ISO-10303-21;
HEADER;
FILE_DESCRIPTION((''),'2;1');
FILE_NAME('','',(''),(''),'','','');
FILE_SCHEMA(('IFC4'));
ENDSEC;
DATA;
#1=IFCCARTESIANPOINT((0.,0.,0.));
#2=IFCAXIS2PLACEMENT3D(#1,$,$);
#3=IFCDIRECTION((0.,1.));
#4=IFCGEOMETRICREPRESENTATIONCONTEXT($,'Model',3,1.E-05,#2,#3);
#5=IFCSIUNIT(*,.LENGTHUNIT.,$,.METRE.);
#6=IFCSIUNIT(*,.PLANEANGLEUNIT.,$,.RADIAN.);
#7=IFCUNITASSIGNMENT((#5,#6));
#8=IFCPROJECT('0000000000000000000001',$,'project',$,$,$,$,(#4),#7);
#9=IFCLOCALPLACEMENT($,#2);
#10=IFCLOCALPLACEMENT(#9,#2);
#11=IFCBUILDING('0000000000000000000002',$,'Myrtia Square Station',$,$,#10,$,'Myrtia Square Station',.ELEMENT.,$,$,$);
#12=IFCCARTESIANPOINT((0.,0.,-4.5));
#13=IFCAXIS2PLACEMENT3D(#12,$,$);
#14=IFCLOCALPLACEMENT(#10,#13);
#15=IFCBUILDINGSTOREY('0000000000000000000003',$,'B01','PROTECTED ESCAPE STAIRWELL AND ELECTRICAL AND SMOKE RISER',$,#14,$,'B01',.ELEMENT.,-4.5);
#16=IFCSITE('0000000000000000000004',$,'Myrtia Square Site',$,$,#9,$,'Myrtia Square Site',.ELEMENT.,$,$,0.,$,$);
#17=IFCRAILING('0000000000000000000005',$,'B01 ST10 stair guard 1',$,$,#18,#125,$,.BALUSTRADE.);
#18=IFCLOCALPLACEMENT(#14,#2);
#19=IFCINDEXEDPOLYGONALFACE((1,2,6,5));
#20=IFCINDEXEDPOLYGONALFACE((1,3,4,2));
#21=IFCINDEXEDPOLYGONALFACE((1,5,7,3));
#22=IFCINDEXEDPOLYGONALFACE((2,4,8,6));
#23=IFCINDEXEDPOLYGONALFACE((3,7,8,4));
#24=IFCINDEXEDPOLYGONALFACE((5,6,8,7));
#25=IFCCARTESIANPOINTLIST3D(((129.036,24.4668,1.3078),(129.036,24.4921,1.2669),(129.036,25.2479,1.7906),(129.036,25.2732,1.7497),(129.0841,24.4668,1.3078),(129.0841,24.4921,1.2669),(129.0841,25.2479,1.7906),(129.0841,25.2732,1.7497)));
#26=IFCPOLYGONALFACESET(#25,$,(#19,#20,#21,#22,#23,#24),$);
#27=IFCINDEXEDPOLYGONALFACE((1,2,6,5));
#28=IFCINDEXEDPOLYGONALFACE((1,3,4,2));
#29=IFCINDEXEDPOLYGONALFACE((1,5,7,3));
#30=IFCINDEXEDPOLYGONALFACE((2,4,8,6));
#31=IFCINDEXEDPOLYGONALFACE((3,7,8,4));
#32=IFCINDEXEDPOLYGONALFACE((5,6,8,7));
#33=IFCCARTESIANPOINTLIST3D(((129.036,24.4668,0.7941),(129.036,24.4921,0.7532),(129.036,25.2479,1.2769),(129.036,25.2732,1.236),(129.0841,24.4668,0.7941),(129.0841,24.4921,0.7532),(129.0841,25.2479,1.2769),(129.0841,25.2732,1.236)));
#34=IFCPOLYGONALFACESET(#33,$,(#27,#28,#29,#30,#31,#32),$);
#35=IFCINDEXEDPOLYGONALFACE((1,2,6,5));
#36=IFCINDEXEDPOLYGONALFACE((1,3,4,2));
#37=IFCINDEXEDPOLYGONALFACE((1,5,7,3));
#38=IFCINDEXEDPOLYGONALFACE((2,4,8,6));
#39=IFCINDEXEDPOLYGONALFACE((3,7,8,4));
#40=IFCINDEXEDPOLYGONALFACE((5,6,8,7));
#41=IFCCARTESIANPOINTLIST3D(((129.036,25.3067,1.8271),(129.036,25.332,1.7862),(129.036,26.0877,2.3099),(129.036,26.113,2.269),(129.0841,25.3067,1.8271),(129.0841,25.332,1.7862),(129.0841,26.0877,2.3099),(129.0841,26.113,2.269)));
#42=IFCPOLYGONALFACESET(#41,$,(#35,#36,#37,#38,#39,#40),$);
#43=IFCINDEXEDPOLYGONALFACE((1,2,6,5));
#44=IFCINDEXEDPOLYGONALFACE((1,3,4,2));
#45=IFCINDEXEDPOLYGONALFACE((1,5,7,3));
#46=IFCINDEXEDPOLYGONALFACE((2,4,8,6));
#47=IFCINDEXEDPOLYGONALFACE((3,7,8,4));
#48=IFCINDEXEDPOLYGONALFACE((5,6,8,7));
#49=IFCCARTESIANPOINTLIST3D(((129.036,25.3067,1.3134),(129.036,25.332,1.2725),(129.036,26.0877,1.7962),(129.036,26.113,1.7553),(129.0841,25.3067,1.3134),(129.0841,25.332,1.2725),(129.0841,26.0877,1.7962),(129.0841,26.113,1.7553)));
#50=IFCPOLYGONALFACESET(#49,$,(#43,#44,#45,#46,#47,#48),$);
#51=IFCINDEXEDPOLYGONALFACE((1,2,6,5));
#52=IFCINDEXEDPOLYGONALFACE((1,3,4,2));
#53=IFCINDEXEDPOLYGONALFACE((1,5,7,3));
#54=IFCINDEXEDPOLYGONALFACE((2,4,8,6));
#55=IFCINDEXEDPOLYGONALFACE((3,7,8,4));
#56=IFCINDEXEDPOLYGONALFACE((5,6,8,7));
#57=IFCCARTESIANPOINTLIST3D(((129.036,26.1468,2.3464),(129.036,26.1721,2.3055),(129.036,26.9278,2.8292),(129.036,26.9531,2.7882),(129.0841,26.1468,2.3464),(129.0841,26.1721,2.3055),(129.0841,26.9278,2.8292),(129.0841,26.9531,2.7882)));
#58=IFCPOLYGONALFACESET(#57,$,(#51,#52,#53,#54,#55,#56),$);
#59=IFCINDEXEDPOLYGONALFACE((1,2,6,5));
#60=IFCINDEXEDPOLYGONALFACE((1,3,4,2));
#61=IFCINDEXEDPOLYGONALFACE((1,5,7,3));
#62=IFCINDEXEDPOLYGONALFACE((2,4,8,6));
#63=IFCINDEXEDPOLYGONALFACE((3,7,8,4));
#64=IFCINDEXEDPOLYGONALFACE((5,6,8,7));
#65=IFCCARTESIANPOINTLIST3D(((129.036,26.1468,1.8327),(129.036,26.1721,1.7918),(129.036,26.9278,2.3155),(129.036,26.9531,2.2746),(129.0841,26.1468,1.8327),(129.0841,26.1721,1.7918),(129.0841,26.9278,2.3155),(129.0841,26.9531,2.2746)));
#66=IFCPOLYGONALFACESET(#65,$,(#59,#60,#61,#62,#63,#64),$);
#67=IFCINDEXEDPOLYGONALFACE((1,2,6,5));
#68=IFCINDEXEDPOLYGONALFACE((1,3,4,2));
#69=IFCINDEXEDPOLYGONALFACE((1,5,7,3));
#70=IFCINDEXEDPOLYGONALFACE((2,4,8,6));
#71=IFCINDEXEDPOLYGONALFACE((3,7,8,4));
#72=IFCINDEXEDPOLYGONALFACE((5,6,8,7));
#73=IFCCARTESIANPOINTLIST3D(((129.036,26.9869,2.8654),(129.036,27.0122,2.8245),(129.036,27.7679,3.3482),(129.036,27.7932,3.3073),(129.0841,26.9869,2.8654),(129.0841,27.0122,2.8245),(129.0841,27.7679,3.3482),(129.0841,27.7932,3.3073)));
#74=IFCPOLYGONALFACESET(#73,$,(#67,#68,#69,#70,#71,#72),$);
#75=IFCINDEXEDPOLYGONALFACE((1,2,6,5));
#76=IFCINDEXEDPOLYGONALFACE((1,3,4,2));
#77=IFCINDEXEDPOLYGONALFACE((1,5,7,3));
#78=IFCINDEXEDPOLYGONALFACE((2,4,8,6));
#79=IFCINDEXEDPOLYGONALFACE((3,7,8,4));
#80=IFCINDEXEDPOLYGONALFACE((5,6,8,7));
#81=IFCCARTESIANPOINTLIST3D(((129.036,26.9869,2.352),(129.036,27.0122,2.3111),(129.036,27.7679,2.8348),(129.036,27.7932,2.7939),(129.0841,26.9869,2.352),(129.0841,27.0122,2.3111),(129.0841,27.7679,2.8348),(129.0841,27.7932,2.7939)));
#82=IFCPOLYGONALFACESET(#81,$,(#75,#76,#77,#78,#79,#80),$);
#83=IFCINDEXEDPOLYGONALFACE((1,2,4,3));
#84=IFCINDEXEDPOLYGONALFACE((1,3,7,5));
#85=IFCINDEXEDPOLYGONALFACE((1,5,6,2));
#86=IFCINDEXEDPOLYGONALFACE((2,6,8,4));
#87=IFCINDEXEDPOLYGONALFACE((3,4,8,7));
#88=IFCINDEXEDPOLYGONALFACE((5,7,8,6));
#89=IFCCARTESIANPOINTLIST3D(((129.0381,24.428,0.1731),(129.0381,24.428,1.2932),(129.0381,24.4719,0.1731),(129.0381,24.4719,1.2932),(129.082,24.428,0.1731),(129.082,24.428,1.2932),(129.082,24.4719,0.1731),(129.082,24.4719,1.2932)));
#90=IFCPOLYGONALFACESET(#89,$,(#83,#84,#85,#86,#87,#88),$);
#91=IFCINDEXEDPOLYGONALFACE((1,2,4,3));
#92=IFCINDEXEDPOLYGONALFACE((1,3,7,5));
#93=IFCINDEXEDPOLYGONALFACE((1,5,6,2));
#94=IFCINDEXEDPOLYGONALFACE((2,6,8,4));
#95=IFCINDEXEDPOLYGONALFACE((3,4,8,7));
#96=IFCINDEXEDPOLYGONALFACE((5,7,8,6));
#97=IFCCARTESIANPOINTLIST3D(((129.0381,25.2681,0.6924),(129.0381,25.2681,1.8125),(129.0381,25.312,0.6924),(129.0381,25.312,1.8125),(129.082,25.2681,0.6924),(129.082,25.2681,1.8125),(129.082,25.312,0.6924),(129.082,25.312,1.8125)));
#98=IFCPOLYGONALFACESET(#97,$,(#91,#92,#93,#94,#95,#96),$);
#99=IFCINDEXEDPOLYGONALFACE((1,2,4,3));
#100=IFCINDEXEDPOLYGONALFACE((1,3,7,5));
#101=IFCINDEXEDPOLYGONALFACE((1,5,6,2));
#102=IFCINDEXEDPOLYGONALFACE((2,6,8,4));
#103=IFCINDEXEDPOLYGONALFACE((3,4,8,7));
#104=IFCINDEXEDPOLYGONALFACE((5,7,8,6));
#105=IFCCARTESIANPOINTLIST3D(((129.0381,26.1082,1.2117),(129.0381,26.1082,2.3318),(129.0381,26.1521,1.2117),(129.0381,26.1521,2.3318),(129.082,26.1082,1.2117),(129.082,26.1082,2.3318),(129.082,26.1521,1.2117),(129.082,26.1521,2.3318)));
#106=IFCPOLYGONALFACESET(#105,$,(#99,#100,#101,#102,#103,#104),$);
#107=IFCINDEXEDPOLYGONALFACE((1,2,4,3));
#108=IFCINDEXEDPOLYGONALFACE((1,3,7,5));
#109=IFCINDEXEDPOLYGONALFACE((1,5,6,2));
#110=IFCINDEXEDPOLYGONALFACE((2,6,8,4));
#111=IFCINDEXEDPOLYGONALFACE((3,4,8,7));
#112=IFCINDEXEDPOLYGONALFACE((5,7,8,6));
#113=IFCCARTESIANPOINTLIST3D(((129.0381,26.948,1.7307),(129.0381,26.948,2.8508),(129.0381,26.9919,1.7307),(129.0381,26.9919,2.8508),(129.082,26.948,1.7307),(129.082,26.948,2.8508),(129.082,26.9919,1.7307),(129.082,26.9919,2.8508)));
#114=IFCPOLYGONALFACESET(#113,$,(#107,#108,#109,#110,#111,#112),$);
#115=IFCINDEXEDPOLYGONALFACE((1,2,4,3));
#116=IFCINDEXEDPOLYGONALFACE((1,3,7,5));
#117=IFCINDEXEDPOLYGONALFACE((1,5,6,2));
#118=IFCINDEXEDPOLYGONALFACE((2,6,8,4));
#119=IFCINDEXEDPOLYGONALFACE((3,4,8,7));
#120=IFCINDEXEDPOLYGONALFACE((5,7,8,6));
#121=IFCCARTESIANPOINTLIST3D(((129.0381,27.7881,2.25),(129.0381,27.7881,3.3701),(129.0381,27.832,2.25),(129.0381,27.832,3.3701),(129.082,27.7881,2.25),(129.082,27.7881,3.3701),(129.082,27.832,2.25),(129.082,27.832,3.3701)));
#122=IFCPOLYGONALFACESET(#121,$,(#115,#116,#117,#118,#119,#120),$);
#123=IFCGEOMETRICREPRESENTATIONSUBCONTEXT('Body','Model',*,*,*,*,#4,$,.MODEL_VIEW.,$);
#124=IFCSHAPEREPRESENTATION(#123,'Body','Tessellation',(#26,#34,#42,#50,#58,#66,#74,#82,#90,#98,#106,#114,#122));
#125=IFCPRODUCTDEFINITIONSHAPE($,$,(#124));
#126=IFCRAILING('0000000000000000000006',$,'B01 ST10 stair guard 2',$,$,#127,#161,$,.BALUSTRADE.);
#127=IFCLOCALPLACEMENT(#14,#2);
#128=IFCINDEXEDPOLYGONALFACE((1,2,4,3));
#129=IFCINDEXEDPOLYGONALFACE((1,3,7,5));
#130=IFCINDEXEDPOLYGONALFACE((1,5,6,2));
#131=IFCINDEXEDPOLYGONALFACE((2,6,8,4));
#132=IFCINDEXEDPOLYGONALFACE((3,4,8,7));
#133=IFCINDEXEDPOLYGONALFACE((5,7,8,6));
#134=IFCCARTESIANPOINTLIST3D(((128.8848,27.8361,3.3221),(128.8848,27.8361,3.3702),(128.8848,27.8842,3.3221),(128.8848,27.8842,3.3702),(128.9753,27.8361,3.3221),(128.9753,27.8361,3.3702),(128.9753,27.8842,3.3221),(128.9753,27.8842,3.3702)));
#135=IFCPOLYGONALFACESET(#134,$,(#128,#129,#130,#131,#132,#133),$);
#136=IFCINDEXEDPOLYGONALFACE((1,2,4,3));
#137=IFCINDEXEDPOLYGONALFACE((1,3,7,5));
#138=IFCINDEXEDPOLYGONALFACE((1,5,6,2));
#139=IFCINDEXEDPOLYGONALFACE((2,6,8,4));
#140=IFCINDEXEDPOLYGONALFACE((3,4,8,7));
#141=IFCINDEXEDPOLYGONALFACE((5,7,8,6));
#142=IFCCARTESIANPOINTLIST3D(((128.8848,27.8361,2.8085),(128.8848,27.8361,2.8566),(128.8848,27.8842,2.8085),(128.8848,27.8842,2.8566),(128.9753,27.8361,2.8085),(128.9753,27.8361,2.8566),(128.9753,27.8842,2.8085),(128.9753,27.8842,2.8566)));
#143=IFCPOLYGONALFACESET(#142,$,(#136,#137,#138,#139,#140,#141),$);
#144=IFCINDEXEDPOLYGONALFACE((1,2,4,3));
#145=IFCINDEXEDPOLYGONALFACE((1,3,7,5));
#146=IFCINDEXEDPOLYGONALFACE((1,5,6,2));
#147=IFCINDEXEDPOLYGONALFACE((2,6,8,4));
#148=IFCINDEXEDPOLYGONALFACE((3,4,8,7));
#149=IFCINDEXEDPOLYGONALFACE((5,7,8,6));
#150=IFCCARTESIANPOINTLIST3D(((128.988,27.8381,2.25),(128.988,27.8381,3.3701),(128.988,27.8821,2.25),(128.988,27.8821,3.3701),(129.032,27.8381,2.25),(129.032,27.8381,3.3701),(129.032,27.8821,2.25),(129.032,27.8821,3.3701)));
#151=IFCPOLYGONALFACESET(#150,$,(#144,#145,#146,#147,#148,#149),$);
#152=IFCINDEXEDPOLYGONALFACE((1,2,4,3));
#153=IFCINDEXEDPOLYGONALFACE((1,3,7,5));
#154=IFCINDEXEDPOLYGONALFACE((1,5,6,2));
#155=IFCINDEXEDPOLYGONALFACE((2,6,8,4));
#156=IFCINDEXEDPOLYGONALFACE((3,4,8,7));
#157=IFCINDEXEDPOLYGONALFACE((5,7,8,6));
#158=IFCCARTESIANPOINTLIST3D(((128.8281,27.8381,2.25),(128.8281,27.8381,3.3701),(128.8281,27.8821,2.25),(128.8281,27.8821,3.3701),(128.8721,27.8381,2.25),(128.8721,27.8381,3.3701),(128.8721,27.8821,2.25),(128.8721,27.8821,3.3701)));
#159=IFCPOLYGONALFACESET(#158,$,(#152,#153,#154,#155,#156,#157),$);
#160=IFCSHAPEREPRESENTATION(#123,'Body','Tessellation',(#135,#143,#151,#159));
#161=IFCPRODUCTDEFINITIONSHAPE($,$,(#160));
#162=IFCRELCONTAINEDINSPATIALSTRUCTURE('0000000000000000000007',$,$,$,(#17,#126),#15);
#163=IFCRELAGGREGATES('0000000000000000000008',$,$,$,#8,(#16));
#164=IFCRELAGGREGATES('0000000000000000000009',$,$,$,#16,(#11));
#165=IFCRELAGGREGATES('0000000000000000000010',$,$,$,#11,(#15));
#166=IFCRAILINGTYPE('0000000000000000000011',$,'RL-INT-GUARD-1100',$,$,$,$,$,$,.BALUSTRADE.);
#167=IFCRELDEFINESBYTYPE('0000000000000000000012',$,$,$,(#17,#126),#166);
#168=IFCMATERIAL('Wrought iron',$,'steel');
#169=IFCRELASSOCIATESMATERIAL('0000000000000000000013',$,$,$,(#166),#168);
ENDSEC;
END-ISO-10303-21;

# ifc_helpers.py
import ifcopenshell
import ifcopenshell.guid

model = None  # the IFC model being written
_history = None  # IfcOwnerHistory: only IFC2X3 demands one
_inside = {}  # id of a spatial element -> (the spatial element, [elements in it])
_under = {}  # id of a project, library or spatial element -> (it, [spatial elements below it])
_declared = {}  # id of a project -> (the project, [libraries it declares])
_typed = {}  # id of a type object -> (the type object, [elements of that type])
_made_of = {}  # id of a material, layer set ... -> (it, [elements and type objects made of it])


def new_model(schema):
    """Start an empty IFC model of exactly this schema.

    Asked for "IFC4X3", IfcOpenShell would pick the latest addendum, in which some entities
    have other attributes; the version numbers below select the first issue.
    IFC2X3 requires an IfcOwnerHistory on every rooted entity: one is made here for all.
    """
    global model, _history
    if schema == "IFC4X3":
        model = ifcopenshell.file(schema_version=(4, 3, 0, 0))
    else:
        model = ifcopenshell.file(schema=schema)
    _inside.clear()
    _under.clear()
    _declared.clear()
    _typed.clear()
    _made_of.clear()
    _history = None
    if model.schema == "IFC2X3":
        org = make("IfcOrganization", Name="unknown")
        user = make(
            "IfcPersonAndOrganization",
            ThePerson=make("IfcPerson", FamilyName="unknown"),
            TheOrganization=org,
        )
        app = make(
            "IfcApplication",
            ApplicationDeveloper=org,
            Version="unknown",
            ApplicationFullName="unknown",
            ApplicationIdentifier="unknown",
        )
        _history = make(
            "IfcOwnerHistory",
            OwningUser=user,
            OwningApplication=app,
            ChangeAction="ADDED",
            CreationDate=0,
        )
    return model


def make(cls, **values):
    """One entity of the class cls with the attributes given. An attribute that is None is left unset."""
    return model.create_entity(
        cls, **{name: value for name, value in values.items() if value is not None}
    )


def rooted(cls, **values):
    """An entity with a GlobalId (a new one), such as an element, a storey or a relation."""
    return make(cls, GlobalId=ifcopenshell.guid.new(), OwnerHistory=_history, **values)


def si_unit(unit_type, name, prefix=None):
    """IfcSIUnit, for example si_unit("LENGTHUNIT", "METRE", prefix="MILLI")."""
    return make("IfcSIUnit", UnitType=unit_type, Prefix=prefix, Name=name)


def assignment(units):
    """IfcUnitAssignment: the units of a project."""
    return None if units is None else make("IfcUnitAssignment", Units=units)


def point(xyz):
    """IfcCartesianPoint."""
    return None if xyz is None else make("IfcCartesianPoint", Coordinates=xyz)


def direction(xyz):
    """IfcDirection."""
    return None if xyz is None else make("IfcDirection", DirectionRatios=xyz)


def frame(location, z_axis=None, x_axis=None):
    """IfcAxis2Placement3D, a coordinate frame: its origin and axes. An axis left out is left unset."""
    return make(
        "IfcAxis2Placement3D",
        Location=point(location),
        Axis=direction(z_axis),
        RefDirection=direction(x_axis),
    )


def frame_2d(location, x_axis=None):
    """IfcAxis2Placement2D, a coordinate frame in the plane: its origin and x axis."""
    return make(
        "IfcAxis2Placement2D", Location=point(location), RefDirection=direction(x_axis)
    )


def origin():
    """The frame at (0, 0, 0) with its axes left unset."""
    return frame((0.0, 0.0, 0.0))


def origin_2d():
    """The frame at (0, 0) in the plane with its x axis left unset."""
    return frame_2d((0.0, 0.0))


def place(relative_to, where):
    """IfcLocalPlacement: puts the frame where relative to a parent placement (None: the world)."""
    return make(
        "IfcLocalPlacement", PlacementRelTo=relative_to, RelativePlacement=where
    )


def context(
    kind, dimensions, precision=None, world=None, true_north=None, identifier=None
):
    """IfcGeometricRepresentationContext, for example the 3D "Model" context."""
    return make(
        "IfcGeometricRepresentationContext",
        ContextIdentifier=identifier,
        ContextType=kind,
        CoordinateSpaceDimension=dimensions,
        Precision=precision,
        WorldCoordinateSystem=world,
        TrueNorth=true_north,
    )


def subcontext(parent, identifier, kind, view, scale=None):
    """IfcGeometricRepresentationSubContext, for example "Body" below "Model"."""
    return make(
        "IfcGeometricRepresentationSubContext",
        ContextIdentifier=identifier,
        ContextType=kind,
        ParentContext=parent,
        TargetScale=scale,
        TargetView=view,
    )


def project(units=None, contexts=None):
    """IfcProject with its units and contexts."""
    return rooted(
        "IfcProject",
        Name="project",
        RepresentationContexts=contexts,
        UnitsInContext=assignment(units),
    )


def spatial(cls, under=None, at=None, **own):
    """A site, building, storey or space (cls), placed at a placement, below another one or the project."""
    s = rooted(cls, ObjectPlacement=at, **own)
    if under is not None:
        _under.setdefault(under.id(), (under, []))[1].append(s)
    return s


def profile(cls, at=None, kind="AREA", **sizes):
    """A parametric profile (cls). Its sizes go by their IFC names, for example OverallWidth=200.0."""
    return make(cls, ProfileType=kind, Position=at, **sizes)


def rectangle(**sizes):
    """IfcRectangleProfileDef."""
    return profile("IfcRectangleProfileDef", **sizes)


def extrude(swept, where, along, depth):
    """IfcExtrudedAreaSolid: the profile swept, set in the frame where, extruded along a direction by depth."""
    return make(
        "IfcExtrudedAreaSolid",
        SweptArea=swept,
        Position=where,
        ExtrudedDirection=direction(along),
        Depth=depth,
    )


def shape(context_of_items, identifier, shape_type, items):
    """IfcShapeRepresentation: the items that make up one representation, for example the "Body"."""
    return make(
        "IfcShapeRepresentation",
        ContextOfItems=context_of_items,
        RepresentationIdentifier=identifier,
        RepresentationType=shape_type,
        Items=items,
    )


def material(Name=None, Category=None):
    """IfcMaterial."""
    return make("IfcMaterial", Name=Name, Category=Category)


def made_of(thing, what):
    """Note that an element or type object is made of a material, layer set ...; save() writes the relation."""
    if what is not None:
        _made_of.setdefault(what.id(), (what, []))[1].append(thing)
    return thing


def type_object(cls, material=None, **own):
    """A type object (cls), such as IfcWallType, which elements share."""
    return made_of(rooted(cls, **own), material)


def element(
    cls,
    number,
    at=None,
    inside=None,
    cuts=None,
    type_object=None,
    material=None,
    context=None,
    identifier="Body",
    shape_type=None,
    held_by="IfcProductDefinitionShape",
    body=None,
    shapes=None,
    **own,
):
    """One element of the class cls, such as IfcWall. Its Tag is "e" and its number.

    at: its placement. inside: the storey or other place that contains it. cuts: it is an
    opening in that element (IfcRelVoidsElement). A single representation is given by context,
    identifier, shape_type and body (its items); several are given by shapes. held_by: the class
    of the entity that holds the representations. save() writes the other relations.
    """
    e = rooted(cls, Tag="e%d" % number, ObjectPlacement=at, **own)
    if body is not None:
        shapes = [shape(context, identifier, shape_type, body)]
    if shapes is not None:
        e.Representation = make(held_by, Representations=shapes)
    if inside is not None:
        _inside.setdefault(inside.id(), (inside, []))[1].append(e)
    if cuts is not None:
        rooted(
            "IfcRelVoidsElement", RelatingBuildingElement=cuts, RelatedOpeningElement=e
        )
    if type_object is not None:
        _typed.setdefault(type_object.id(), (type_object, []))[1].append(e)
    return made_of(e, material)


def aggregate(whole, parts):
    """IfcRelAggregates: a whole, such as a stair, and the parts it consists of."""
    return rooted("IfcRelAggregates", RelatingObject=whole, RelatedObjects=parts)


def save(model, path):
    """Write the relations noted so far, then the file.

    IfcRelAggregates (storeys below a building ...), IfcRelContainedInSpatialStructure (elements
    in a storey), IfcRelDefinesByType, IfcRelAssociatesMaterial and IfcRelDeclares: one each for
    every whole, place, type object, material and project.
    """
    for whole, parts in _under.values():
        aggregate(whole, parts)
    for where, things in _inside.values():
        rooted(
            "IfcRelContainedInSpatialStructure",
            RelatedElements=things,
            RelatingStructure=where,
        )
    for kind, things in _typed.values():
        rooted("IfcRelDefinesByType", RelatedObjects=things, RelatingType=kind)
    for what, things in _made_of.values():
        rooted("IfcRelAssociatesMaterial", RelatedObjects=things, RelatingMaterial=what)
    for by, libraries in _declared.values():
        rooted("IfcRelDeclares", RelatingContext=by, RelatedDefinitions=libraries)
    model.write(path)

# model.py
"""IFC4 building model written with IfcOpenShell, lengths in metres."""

from ifc_helpers import new_model, si_unit, direction, frame, origin, origin_2d, place, context, subcontext, project, spatial, rectangle, extrude, material, type_object, element, save


model = new_model("IFC4")

# Units and contexts
model_context = context("Model", 3, precision=1e-05, world=origin(), true_north=direction((0.0, 1.0)))
body_context = subcontext(model_context, "Body", "Model", "MODEL_VIEW")
ifc_project = project(units=[si_unit("LENGTHUNIT", "METRE"), si_unit("PLANEANGLEUNIT", "RADIAN")], contexts=[model_context])

# Site, building, storey
site_placement = place(None, origin())
site = spatial("IfcSite", under=ifc_project, at=site_placement, Name="Myrtia Square Site", LongName="Myrtia Square Site", CompositionType="ELEMENT", RefElevation=0.0)
building_placement = place(site_placement, origin())
building = spatial("IfcBuilding", under=site, at=building_placement, Name="Myrtia Square Station", LongName="Myrtia Square Station", CompositionType="ELEMENT")
storey_placement = place(building_placement, frame((0.0, 0.0, -4.5)))
storey = spatial("IfcBuildingStorey", under=building, at=storey_placement, Name="B01", Description="PROTECTED ESCAPE STAIRWELL AND ELECTRICAL AND SMOKE RISER", LongName="B01", CompositionType="ELEMENT", Elevation=-4.5)

# Railings
ifc_material_1 = material(Name="Wrought iron", Category="steel")
railing_type_1 = type_object("IfcRailingType", Name="RL-INT-GUARD-1100", PredefinedType="BALUSTRADE", material=ifc_material_1)
railing_1_placement = place(storey_placement, frame((129.0601, 24.45, 0.1731)))
element("IfcRailing", 1, at=railing_1_placement, inside=storey, type_object=railing_type_1, Name="B01 ST10 stair guard 1", PredefinedType="BALUSTRADE", context=body_context, shape_type="SweptSolid", body=[
    extrude(rectangle(XDim=0.0481, YDim=0.0481, at=origin_2d()), frame((0.0, 0.0295, 1.1143), z_axis=(0.0, 0.850623, 0.525776), x_axis=(-1.0, 0.0, 0.0)), (0.0, 0.0, 1.0), 0.9182),
    extrude(rectangle(XDim=0.0481, YDim=0.0481, at=origin_2d()), frame((0.0, 0.0295, 0.6006), z_axis=(0.0, 0.850623, 0.525776), x_axis=(-1.0, 0.0, 0.0)), (0.0, 0.0, 1.0), 0.9182),
    extrude(rectangle(XDim=0.0481, YDim=0.0481, at=origin_2d()), frame((0.0, 0.8694, 1.6335), z_axis=(0.0, 0.850623, 0.525776), x_axis=(-1.0, 0.0, 0.0)), (0.0, 0.0, 1.0), 0.9182),
    extrude(rectangle(XDim=0.0481, YDim=0.0481, at=origin_2d()), frame((0.0, 0.8694, 1.1199), z_axis=(0.0, 0.850623, 0.525776), x_axis=(-1.0, 0.0, 0.0)), (0.0, 0.0, 1.0), 0.9182),
    extrude(rectangle(XDim=0.0481, YDim=0.0481, at=origin_2d()), frame((0.0, 1.7095, 2.1528), z_axis=(0.0, 0.850623, 0.525776), x_axis=(-1.0, 0.0, 0.0)), (0.0, 0.0, 1.0), 0.9182),
    extrude(rectangle(XDim=0.0481, YDim=0.0481, at=origin_2d()), frame((0.0, 1.7095, 1.6392), z_axis=(0.0, 0.850623, 0.525776), x_axis=(-1.0, 0.0, 0.0)), (0.0, 0.0, 1.0), 0.9182),
    extrude(rectangle(XDim=0.0481, YDim=0.0481, at=origin_2d()), frame((0.0, 2.5496, 2.6719), z_axis=(0.0, 0.850623, 0.525776), x_axis=(-1.0, 0.0, 0.0)), (0.0, 0.0, 1.0), 0.9182),
    extrude(rectangle(XDim=0.0481, YDim=0.0481, at=origin_2d()), frame((0.0, 2.5496, 2.1584), z_axis=(0.0, 0.850623, 0.525776), x_axis=(-1.0, 0.0, 0.0)), (0.0, 0.0, 1.0), 0.9182),
    extrude(rectangle(XDim=0.0439, YDim=0.0439, at=origin_2d()), origin(), (0.0, 0.0, 1.0), 1.1201),
    extrude(rectangle(XDim=0.0439, YDim=0.0439, at=origin_2d()), frame((0.0, 0.8401, 0.5193)), (0.0, 0.0, 1.0), 1.1201),
    extrude(rectangle(XDim=0.0439, YDim=0.0439, at=origin_2d()), frame((0.0, 1.6802, 1.0386)), (0.0, 0.0, 1.0), 1.1201),
    extrude(rectangle(XDim=0.0439, YDim=0.0439, at=origin_2d()), frame((0.0, 2.52, 1.5576)), (0.0, 0.0, 1.0), 1.1201),
    extrude(rectangle(XDim=0.0439, YDim=0.0439, at=origin_2d()), frame((0.0, 3.3601, 2.0769)), (0.0, 0.0, 1.0), 1.1201),
])
railing_2_placement = place(storey_placement, frame((129.01, 27.8601, 2.25)))
element("IfcRailing", 2, at=railing_2_placement, inside=storey, type_object=railing_type_1, Name="B01 ST10 stair guard 2", PredefinedType="BALUSTRADE", context=body_context, shape_type="SweptSolid", body=[
    extrude(rectangle(XDim=0.0481, YDim=0.0481, at=origin_2d()), frame((-0.0347, 0.0, 1.0962), z_axis=(-1.0, 0.0, 0.0), x_axis=(0.0, -1.0, 0.0)), (0.0, 0.0, 1.0), 0.0906),
    extrude(rectangle(XDim=0.0481, YDim=0.0481, at=origin_2d()), frame((-0.0347, 0.0, 0.5825), z_axis=(-1.0, 0.0, 0.0), x_axis=(0.0, -1.0, 0.0)), (0.0, 0.0, 1.0), 0.0906),
    extrude(rectangle(XDim=0.0439, YDim=0.0439, at=origin_2d()), origin(), (0.0, 0.0, 1.0), 1.1201),
    extrude(rectangle(XDim=0.0439, YDim=0.0439, at=origin_2d()), frame((-0.1599, 0.0, 0.0)), (0.0, 0.0, 1.0), 1.1201),
])

save(model, "model.ifc")
